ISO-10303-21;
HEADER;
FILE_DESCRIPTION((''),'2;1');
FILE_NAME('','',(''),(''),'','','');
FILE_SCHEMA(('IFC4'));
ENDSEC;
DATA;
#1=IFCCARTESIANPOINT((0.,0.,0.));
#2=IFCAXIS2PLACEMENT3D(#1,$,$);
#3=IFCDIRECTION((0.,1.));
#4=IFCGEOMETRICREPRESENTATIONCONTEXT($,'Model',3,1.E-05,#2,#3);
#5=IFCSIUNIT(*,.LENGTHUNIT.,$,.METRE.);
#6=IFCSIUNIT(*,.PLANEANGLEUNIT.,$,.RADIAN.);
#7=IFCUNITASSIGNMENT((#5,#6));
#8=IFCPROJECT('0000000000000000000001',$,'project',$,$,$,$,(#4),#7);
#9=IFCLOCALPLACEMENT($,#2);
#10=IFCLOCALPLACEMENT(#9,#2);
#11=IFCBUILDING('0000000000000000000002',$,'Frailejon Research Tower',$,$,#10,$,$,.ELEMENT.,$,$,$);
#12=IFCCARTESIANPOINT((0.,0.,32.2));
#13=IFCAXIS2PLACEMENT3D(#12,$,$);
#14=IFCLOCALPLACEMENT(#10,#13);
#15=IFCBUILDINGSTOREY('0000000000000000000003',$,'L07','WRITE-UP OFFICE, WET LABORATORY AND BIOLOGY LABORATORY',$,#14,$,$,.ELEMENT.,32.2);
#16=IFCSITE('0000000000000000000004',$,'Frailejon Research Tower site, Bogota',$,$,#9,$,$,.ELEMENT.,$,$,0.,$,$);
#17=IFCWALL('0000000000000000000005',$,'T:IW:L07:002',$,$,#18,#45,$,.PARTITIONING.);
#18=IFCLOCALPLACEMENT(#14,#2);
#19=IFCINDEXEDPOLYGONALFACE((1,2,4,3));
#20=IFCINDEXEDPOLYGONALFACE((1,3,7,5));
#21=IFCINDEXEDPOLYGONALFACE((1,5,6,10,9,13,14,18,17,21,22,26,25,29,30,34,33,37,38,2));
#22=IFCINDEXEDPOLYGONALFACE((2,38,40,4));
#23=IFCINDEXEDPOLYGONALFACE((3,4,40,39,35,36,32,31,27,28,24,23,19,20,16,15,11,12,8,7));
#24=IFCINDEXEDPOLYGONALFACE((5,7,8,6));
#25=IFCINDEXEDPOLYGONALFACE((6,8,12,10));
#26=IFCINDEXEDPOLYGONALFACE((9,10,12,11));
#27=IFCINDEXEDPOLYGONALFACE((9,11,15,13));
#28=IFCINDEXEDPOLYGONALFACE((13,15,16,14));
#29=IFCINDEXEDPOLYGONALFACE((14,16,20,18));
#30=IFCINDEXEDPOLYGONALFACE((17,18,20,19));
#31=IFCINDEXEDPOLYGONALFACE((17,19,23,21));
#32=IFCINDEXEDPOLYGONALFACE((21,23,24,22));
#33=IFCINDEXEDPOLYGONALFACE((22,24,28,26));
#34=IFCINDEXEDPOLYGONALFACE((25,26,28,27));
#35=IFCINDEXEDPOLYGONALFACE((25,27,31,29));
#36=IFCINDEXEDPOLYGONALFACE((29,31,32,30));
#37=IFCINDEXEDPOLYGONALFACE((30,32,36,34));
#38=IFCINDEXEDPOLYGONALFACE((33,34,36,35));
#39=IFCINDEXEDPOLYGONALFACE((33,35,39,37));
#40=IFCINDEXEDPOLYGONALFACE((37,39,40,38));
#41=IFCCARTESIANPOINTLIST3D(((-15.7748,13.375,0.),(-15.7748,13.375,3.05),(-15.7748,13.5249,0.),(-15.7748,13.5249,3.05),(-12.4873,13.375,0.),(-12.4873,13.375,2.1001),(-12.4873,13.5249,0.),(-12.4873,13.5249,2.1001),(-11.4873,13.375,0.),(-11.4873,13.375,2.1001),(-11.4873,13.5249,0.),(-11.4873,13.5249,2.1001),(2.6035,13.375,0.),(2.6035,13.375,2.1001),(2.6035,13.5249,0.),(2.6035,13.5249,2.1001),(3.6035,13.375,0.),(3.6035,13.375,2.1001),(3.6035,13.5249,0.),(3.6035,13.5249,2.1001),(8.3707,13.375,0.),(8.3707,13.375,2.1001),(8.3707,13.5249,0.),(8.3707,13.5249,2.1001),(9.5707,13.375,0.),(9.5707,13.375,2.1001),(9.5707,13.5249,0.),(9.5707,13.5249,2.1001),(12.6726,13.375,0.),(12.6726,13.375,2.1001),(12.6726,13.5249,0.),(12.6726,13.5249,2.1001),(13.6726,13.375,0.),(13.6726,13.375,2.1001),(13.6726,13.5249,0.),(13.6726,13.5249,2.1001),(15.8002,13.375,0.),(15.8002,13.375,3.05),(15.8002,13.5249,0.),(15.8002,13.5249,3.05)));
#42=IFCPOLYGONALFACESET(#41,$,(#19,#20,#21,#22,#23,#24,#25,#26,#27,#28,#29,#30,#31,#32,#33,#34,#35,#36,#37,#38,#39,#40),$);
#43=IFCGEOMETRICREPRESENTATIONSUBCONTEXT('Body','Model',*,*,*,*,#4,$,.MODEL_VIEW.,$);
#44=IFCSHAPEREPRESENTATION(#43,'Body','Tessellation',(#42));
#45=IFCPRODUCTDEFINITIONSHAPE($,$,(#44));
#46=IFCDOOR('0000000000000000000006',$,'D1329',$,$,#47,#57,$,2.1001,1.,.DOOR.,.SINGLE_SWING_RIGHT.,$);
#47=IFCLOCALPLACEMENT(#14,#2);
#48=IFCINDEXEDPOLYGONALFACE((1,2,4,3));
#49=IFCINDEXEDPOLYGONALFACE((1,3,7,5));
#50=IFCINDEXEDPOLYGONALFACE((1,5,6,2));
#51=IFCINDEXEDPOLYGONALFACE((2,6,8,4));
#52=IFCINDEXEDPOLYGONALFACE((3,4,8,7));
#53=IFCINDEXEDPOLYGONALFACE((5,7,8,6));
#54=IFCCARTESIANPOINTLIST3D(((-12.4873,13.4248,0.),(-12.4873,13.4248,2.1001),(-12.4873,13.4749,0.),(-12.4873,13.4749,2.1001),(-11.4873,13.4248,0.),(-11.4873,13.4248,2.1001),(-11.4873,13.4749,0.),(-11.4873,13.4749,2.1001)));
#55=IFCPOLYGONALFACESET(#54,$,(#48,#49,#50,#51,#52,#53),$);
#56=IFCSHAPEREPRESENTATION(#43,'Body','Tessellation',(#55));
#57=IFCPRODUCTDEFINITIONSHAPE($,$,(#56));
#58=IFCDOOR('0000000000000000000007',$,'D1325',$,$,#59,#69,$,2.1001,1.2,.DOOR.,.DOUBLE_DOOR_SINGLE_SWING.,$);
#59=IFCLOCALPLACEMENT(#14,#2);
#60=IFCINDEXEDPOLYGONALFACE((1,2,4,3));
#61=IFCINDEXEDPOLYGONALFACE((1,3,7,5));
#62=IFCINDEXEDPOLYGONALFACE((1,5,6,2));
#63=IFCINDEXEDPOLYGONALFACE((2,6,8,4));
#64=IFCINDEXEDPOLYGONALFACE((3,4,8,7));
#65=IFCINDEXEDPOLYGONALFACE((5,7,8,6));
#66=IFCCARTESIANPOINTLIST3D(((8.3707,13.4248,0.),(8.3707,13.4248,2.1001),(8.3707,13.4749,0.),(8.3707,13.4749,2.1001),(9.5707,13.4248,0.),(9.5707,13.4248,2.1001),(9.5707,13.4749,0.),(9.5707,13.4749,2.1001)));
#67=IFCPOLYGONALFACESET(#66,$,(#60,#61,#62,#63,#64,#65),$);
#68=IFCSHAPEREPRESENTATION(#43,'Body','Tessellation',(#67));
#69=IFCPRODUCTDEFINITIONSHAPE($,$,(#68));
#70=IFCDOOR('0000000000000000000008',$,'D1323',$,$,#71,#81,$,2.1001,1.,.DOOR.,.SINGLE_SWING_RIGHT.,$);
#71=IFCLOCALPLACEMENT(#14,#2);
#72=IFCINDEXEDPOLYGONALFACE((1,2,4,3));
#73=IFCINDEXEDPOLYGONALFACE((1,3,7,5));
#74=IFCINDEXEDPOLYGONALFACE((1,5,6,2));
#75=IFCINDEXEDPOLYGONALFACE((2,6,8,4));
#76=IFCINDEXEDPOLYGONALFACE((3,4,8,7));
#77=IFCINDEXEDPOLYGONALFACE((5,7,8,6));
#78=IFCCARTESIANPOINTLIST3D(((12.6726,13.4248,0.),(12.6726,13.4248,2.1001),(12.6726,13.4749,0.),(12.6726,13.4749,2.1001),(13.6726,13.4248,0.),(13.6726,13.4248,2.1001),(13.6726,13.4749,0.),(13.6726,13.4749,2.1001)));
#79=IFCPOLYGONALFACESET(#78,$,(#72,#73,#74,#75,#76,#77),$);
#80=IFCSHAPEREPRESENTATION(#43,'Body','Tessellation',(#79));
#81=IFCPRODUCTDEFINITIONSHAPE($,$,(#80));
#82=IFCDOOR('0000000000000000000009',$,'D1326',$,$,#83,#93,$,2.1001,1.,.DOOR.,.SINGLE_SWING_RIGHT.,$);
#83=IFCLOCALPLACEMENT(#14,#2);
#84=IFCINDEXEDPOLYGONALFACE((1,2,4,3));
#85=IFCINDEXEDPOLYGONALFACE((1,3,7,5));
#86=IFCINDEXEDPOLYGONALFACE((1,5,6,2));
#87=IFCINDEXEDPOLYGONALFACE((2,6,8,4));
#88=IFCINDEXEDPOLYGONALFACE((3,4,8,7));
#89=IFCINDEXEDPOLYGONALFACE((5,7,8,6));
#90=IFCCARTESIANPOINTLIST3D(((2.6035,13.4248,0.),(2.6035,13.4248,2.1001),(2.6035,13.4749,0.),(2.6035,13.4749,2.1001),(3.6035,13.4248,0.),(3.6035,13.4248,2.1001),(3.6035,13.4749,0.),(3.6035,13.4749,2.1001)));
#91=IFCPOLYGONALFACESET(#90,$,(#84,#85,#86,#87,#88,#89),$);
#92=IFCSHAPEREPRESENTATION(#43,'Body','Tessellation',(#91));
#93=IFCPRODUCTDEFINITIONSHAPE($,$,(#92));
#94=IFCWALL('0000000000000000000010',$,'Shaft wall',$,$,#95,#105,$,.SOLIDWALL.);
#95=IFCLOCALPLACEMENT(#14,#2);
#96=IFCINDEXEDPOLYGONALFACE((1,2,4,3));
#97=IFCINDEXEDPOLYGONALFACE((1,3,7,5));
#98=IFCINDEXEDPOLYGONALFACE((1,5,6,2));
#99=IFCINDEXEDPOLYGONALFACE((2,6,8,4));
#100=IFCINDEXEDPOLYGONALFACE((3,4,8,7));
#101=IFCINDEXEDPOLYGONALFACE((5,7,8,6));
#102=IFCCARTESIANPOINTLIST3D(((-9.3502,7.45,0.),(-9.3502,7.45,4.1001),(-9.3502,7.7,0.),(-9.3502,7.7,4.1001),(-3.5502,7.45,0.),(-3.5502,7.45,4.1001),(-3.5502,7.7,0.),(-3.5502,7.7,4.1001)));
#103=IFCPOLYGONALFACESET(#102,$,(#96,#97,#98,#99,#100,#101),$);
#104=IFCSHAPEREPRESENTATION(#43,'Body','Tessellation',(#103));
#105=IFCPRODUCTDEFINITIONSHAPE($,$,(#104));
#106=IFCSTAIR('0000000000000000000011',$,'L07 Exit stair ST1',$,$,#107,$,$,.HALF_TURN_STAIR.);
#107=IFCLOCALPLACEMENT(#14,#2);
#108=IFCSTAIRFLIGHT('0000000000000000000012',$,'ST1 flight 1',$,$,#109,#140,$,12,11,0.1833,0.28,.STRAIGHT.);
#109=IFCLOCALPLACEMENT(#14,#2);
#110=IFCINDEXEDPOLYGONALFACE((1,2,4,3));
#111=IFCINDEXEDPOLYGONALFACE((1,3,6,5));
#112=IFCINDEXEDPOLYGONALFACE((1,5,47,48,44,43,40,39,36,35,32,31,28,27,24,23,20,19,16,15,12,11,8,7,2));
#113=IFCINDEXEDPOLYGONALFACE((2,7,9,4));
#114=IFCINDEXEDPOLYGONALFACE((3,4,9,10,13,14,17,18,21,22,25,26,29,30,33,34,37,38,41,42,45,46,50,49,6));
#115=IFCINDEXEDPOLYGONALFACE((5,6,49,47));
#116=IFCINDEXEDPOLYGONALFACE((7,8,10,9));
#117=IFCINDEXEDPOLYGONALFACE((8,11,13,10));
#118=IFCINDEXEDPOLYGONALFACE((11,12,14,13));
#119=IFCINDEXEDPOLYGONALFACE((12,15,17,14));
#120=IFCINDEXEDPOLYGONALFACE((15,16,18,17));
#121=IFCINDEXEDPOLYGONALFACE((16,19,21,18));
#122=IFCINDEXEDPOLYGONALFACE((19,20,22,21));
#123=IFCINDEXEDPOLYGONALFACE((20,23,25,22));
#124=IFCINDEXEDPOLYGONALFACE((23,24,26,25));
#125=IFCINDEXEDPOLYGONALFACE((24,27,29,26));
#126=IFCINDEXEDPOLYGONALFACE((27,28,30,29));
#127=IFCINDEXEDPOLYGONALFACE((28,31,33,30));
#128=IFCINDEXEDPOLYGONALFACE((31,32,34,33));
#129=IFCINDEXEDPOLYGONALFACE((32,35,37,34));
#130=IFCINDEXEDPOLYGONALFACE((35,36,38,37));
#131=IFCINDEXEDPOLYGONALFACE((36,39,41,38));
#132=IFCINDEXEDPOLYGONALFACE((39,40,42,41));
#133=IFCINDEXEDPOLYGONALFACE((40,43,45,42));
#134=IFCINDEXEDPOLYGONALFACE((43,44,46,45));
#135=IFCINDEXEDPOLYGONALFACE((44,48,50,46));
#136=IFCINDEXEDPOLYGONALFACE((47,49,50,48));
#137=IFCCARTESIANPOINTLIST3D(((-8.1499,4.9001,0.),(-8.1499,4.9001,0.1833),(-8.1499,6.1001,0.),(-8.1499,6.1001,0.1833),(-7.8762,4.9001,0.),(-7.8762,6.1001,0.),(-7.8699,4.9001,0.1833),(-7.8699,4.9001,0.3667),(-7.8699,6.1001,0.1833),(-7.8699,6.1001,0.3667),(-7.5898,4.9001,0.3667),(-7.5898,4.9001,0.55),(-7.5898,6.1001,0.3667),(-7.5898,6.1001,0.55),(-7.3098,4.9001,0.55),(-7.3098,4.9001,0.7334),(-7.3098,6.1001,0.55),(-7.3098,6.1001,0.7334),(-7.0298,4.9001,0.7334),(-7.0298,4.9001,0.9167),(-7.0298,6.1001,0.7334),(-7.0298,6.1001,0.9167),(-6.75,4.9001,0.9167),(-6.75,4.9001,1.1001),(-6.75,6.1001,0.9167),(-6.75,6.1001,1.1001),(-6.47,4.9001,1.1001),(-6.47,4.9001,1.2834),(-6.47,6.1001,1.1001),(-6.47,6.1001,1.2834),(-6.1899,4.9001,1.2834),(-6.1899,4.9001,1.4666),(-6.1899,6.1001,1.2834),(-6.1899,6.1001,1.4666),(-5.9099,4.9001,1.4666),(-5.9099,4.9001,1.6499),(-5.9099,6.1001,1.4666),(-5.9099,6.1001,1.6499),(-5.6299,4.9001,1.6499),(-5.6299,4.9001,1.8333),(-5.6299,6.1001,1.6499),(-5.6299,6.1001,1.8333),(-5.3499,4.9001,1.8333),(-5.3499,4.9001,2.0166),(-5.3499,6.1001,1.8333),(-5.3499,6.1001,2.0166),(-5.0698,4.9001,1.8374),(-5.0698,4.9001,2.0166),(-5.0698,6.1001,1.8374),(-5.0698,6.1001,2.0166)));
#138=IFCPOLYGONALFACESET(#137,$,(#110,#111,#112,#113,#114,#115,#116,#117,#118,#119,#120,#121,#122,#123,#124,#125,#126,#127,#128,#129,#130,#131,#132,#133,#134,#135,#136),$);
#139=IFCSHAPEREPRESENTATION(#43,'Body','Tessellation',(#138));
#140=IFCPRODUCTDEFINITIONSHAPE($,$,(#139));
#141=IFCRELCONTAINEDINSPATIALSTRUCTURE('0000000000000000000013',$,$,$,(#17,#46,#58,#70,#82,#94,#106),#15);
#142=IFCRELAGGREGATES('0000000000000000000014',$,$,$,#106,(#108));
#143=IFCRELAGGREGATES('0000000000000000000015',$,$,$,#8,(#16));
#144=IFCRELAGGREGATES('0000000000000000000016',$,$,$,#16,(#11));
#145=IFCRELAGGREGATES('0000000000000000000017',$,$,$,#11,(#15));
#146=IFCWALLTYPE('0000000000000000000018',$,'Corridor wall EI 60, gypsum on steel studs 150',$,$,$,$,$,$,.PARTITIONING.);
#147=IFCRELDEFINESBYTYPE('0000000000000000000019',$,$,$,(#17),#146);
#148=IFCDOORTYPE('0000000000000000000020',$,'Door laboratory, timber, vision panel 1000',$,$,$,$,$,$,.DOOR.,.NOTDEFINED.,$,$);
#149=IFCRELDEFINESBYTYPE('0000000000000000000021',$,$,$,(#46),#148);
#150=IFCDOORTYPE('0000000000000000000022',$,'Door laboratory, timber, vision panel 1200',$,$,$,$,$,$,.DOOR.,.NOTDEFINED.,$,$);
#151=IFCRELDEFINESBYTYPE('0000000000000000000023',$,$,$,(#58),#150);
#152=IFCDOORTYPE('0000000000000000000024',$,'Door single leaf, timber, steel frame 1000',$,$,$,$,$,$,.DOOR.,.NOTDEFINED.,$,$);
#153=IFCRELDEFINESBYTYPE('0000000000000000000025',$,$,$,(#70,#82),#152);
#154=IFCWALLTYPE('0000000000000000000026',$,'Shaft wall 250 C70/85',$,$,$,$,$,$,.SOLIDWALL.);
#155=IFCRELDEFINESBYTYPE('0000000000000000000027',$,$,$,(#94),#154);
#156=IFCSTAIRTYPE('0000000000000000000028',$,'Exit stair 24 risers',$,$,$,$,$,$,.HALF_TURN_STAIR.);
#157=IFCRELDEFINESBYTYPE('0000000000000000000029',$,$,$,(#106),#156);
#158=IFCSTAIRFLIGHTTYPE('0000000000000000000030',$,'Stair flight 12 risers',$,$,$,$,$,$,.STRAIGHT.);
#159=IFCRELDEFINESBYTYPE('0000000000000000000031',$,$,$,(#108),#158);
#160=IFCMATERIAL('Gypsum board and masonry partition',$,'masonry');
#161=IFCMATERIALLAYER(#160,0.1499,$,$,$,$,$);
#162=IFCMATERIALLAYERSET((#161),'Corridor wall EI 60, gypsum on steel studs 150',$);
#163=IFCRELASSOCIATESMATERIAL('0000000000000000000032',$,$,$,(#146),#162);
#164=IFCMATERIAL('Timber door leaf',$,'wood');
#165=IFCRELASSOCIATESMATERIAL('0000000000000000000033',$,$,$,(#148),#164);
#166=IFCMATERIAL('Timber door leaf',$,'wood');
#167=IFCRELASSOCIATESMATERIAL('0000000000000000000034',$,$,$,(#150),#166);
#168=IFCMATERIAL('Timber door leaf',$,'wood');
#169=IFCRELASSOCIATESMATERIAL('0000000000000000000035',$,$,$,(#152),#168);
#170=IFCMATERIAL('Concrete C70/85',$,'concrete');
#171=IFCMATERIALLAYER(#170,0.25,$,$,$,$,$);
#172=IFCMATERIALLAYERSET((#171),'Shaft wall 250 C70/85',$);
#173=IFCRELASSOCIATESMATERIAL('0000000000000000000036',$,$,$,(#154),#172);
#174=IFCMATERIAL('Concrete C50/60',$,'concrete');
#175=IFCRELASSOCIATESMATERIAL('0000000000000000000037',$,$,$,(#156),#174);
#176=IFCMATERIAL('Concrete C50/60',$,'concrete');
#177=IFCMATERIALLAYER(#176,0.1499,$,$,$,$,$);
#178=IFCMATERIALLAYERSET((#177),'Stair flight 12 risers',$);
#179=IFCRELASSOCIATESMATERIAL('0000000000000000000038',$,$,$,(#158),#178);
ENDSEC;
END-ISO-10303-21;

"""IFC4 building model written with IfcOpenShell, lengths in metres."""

from ifc_helpers import new_model, si_unit, direction, frame, frame_2d, origin, place, context, subcontext, project, spatial, polyline, rectangle, outline, extrude, material, layer, layer_set, type_object, element, fill, aggregate, save


model = new_model("IFC4")

# Units and contexts
model_context = context("Model", 3, precision=1e-05, world=origin(), true_north=direction((0.0, 1.0)))
body_context = subcontext(model_context, "Body", "Model", "MODEL_VIEW")
ifc_project = project(units=[si_unit("LENGTHUNIT", "METRE"), si_unit("PLANEANGLEUNIT", "RADIAN")], contexts=[model_context])

# Site, building, storey
site_placement = place(None, origin())
site = spatial("IfcSite", under=ifc_project, at=site_placement, Name="Frailejon Research Tower site, Bogota", CompositionType="ELEMENT", RefElevation=0.0)
building_placement = place(site_placement, origin())
building = spatial("IfcBuilding", under=site, at=building_placement, Name="Frailejon Research Tower", CompositionType="ELEMENT")
storey_placement = place(building_placement, frame((0.0, 0.0, 32.2)))
storey = spatial("IfcBuildingStorey", under=building, at=storey_placement, Name="L07", Description="WRITE-UP OFFICE, WET LABORATORY AND BIOLOGY LABORATORY", CompositionType="ELEMENT", Elevation=32.2)

# Wall, openings, doors
ifc_material_1 = material(Name="Gypsum board and masonry partition", Category="masonry")
ifc_layer_1 = layer(ifc_material_1, 0.1499)
ifc_layer_set_1 = layer_set([ifc_layer_1], Name="Corridor wall EI 60, gypsum on steel studs 150")
wall_type_1 = type_object("IfcWallType", Name="Corridor wall EI 60, gypsum on steel studs 150", PredefinedType="PARTITIONING", material=ifc_layer_set_1)
wall_1_placement = place(storey_placement, frame((-15.7749, 13.45, 0.0), z_axis=(0.0, 0.0, 1.0), x_axis=(1.0, 0.0, 0.0)))
wall_1 = element("IfcWall", 1, at=wall_1_placement, inside=storey, type_object=wall_type_1, Name="T:IW:L07:002", PredefinedType="PARTITIONING", context=body_context, shape_type="SweptSolid", body=[
    extrude(rectangle(XDim=31.575, YDim=0.1499, at=frame_2d((15.7876, 0.0))), origin(), (0.0, 0.0, 1.0), 3.05),
])
opening_1_placement = place(wall_1_placement, frame((28.4475, 0.0, 0.0)))
opening_1 = element("IfcOpeningElement", 2, at=opening_1_placement, cuts=wall_1, PredefinedType="OPENING", context=body_context, shape_type="SweptSolid", body=[
    extrude(rectangle(XDim=1.0, YDim=2.1001, at=frame_2d((0.5, 1.05))), frame((0.0, 0.085, 0.0), z_axis=(0.0, -1.0, 0.0), x_axis=(1.0, 0.0, 0.0)), (0.0, 0.0, 1.0), 0.1699),
])
opening_2_placement = place(wall_1_placement, frame((24.1455, 0.0, 0.0)))
opening_2 = element("IfcOpeningElement", 3, at=opening_2_placement, cuts=wall_1, PredefinedType="OPENING", context=body_context, shape_type="SweptSolid", body=[
    extrude(rectangle(XDim=1.2, YDim=2.1001, at=frame_2d((0.6001, 1.05))), frame((0.0, 0.085, 0.0), z_axis=(0.0, -1.0, 0.0), x_axis=(1.0, 0.0, 0.0)), (0.0, 0.0, 1.0), 0.1699),
])
opening_3_placement = place(wall_1_placement, frame((18.3784, 0.0, 0.0)))
opening_3 = element("IfcOpeningElement", 4, at=opening_3_placement, cuts=wall_1, PredefinedType="OPENING", context=body_context, shape_type="SweptSolid", body=[
    extrude(rectangle(XDim=1.0, YDim=2.1001, at=frame_2d((0.5, 1.05))), frame((0.0, 0.085, 0.0), z_axis=(0.0, -1.0, 0.0), x_axis=(1.0, 0.0, 0.0)), (0.0, 0.0, 1.0), 0.1699),
])
opening_4_placement = place(wall_1_placement, frame((3.2876, 0.0, 0.0)))
opening_4 = element("IfcOpeningElement", 5, at=opening_4_placement, cuts=wall_1, PredefinedType="OPENING", context=body_context, shape_type="SweptSolid", body=[
    extrude(rectangle(XDim=1.0, YDim=2.1001, at=frame_2d((0.5, 1.05))), frame((0.0, 0.085, 0.0), z_axis=(0.0, -1.0, 0.0), x_axis=(1.0, 0.0, 0.0)), (0.0, 0.0, 1.0), 0.1699),
])
ifc_material_2 = material(Name="Timber door leaf", Category="wood")
door_type_1 = type_object("IfcDoorType", Name="Door laboratory, timber, vision panel 1000", OperationType="NOTDEFINED", PredefinedType="DOOR", material=ifc_material_2)
door_1_placement = place(opening_4_placement, origin())
door_1 = element("IfcDoor", 6, at=door_1_placement, inside=storey, type_object=door_type_1, Name="D1329", OperationType="SINGLE_SWING_RIGHT", OverallHeight=2.1001, OverallWidth=1.0, PredefinedType="DOOR", context=body_context, shape_type="SweptSolid", body=[
    extrude(rectangle(XDim=1.0, YDim=2.1001, at=frame_2d((0.5, 1.05))), frame((0.0, 0.0249, 0.0), z_axis=(0.0, -1.0, 0.0), x_axis=(1.0, 0.0, 0.0)), (0.0, 0.0, 1.0), 0.05),
])
fill(opening_4, door_1)
ifc_material_3 = material(Name="Timber door leaf", Category="wood")
door_type_2 = type_object("IfcDoorType", Name="Door laboratory, timber, vision panel 1200", OperationType="NOTDEFINED", PredefinedType="DOOR", material=ifc_material_3)
door_2_placement = place(opening_2_placement, origin())
door_2 = element("IfcDoor", 7, at=door_2_placement, inside=storey, type_object=door_type_2, Name="D1325", OperationType="DOUBLE_DOOR_SINGLE_SWING", OverallHeight=2.1001, OverallWidth=1.2, PredefinedType="DOOR", context=body_context, shape_type="SweptSolid", body=[
    extrude(rectangle(XDim=1.2, YDim=2.1001, at=frame_2d((0.6001, 1.05))), frame((0.0, 0.0249, 0.0), z_axis=(0.0, -1.0, 0.0), x_axis=(1.0, 0.0, 0.0)), (0.0, 0.0, 1.0), 0.05),
])
fill(opening_2, door_2)
ifc_material_4 = material(Name="Timber door leaf", Category="wood")
door_type_3 = type_object("IfcDoorType", Name="Door single leaf, timber, steel frame 1000", OperationType="NOTDEFINED", PredefinedType="DOOR", material=ifc_material_4)
door_3_placement = place(opening_1_placement, origin())
door_3 = element("IfcDoor", 8, at=door_3_placement, inside=storey, type_object=door_type_3, Name="D1323", OperationType="SINGLE_SWING_RIGHT", OverallHeight=2.1001, OverallWidth=1.0, PredefinedType="DOOR", context=body_context, shape_type="SweptSolid", body=[
    extrude(rectangle(XDim=1.0, YDim=2.1001, at=frame_2d((0.5, 1.05))), frame((0.0, 0.0249, 0.0), z_axis=(0.0, -1.0, 0.0), x_axis=(1.0, 0.0, 0.0)), (0.0, 0.0, 1.0), 0.05),
])
fill(opening_1, door_3)
door_4_placement = place(opening_3_placement, origin())
door_4 = element("IfcDoor", 9, at=door_4_placement, inside=storey, type_object=door_type_3, Name="D1326", OperationType="SINGLE_SWING_RIGHT", OverallHeight=2.1001, OverallWidth=1.0, PredefinedType="DOOR", context=body_context, shape_type="SweptSolid", body=[
    extrude(rectangle(XDim=1.0, YDim=2.1001, at=frame_2d((0.5, 1.05))), frame((0.0, 0.0249, 0.0), z_axis=(0.0, -1.0, 0.0), x_axis=(1.0, 0.0, 0.0)), (0.0, 0.0, 1.0), 0.05),
])
fill(opening_3, door_4)

# Wall
ifc_material_5 = material(Name="Concrete C70/85", Category="concrete")
ifc_layer_2 = layer(ifc_material_5, 0.25)
ifc_layer_set_2 = layer_set([ifc_layer_2], Name="Shaft wall 250 C70/85")
wall_type_2 = type_object("IfcWallType", Name="Shaft wall 250 C70/85", PredefinedType="SOLIDWALL", material=ifc_layer_set_2)
wall_2_placement = place(storey_placement, frame((-9.3501, 7.575, 0.0), z_axis=(0.0, 0.0, 1.0), x_axis=(1.0, 0.0, 0.0)))
element("IfcWall", 10, at=wall_2_placement, inside=storey, type_object=wall_type_2, Name="Shaft wall", PredefinedType="SOLIDWALL", context=body_context, shape_type="SweptSolid", body=[
    extrude(rectangle(XDim=5.8, YDim=0.25, at=frame_2d((2.8999, 0.0))), origin(), (0.0, 0.0, 1.0), 4.1001),
])

# Stair, stair flight
ifc_material_6 = material(Name="Concrete C50/60", Category="concrete")
stair_type = type_object("IfcStairType", Name="Exit stair 24 risers", PredefinedType="HALF_TURN_STAIR", material=ifc_material_6)
stair_placement = place(storey_placement, origin())
stair = element("IfcStair", 11, at=stair_placement, inside=storey, type_object=stair_type, Name="L07 Exit stair ST1", PredefinedType="HALF_TURN_STAIR")
ifc_material_7 = material(Name="Concrete C50/60", Category="concrete")
ifc_layer_3 = layer(ifc_material_7, 0.1499)
ifc_layer_set_3 = layer_set([ifc_layer_3], Name="Stair flight 12 risers")
stair_flight_type = type_object("IfcStairFlightType", Name="Stair flight 12 risers", PredefinedType="STRAIGHT", material=ifc_layer_set_3)
stair_flight_1_placement = place(storey_placement, frame((-8.1499, 5.5, 0.0), z_axis=(0.0, 0.0, 1.0), x_axis=(1.0, 0.0, 0.0)))
stair_flight_1 = element("IfcStairFlight", 12, at=stair_flight_1_placement, type_object=stair_flight_type, Name="ST1 flight 1", NumberOfRisers=12, NumberOfTreads=11, PredefinedType="STRAIGHT", RiserHeight=0.1833, TreadLength=0.28, context=body_context, shape_type="SweptSolid", body=[
    extrude(outline(polyline([(0.0, 0.0), (0.0, 0.1833), (0.28, 0.1833), (0.28, 0.3667), (0.5601, 0.3667), (0.5601, 0.55), (0.8401, 0.55), (0.8401, 0.7334), (1.1201, 0.7334), (1.1201, 0.9167), (1.3999, 0.9167), (1.3999, 1.1001), (1.6799, 1.1001), (1.6799, 1.2834), (1.96, 1.2834), (1.96, 1.4666), (2.24, 1.4666), (2.24, 1.6499), (2.52, 1.6499), (2.52, 1.8333), (2.8, 1.8333), (2.8, 2.0166), (3.0801, 2.0166), (3.0801, 2.2), (3.0801, 1.8374), (0.2737, 0.0), (0.0, 0.0)])), frame((0.0, 0.6001, 0.0), z_axis=(0.0, -1.0, 0.0), x_axis=(1.0, 0.0, 0.0)), (0.0, 0.0, 1.0), 1.2),
])
aggregate(stair, [stair_flight_1])

save(model, "model.ifc")
